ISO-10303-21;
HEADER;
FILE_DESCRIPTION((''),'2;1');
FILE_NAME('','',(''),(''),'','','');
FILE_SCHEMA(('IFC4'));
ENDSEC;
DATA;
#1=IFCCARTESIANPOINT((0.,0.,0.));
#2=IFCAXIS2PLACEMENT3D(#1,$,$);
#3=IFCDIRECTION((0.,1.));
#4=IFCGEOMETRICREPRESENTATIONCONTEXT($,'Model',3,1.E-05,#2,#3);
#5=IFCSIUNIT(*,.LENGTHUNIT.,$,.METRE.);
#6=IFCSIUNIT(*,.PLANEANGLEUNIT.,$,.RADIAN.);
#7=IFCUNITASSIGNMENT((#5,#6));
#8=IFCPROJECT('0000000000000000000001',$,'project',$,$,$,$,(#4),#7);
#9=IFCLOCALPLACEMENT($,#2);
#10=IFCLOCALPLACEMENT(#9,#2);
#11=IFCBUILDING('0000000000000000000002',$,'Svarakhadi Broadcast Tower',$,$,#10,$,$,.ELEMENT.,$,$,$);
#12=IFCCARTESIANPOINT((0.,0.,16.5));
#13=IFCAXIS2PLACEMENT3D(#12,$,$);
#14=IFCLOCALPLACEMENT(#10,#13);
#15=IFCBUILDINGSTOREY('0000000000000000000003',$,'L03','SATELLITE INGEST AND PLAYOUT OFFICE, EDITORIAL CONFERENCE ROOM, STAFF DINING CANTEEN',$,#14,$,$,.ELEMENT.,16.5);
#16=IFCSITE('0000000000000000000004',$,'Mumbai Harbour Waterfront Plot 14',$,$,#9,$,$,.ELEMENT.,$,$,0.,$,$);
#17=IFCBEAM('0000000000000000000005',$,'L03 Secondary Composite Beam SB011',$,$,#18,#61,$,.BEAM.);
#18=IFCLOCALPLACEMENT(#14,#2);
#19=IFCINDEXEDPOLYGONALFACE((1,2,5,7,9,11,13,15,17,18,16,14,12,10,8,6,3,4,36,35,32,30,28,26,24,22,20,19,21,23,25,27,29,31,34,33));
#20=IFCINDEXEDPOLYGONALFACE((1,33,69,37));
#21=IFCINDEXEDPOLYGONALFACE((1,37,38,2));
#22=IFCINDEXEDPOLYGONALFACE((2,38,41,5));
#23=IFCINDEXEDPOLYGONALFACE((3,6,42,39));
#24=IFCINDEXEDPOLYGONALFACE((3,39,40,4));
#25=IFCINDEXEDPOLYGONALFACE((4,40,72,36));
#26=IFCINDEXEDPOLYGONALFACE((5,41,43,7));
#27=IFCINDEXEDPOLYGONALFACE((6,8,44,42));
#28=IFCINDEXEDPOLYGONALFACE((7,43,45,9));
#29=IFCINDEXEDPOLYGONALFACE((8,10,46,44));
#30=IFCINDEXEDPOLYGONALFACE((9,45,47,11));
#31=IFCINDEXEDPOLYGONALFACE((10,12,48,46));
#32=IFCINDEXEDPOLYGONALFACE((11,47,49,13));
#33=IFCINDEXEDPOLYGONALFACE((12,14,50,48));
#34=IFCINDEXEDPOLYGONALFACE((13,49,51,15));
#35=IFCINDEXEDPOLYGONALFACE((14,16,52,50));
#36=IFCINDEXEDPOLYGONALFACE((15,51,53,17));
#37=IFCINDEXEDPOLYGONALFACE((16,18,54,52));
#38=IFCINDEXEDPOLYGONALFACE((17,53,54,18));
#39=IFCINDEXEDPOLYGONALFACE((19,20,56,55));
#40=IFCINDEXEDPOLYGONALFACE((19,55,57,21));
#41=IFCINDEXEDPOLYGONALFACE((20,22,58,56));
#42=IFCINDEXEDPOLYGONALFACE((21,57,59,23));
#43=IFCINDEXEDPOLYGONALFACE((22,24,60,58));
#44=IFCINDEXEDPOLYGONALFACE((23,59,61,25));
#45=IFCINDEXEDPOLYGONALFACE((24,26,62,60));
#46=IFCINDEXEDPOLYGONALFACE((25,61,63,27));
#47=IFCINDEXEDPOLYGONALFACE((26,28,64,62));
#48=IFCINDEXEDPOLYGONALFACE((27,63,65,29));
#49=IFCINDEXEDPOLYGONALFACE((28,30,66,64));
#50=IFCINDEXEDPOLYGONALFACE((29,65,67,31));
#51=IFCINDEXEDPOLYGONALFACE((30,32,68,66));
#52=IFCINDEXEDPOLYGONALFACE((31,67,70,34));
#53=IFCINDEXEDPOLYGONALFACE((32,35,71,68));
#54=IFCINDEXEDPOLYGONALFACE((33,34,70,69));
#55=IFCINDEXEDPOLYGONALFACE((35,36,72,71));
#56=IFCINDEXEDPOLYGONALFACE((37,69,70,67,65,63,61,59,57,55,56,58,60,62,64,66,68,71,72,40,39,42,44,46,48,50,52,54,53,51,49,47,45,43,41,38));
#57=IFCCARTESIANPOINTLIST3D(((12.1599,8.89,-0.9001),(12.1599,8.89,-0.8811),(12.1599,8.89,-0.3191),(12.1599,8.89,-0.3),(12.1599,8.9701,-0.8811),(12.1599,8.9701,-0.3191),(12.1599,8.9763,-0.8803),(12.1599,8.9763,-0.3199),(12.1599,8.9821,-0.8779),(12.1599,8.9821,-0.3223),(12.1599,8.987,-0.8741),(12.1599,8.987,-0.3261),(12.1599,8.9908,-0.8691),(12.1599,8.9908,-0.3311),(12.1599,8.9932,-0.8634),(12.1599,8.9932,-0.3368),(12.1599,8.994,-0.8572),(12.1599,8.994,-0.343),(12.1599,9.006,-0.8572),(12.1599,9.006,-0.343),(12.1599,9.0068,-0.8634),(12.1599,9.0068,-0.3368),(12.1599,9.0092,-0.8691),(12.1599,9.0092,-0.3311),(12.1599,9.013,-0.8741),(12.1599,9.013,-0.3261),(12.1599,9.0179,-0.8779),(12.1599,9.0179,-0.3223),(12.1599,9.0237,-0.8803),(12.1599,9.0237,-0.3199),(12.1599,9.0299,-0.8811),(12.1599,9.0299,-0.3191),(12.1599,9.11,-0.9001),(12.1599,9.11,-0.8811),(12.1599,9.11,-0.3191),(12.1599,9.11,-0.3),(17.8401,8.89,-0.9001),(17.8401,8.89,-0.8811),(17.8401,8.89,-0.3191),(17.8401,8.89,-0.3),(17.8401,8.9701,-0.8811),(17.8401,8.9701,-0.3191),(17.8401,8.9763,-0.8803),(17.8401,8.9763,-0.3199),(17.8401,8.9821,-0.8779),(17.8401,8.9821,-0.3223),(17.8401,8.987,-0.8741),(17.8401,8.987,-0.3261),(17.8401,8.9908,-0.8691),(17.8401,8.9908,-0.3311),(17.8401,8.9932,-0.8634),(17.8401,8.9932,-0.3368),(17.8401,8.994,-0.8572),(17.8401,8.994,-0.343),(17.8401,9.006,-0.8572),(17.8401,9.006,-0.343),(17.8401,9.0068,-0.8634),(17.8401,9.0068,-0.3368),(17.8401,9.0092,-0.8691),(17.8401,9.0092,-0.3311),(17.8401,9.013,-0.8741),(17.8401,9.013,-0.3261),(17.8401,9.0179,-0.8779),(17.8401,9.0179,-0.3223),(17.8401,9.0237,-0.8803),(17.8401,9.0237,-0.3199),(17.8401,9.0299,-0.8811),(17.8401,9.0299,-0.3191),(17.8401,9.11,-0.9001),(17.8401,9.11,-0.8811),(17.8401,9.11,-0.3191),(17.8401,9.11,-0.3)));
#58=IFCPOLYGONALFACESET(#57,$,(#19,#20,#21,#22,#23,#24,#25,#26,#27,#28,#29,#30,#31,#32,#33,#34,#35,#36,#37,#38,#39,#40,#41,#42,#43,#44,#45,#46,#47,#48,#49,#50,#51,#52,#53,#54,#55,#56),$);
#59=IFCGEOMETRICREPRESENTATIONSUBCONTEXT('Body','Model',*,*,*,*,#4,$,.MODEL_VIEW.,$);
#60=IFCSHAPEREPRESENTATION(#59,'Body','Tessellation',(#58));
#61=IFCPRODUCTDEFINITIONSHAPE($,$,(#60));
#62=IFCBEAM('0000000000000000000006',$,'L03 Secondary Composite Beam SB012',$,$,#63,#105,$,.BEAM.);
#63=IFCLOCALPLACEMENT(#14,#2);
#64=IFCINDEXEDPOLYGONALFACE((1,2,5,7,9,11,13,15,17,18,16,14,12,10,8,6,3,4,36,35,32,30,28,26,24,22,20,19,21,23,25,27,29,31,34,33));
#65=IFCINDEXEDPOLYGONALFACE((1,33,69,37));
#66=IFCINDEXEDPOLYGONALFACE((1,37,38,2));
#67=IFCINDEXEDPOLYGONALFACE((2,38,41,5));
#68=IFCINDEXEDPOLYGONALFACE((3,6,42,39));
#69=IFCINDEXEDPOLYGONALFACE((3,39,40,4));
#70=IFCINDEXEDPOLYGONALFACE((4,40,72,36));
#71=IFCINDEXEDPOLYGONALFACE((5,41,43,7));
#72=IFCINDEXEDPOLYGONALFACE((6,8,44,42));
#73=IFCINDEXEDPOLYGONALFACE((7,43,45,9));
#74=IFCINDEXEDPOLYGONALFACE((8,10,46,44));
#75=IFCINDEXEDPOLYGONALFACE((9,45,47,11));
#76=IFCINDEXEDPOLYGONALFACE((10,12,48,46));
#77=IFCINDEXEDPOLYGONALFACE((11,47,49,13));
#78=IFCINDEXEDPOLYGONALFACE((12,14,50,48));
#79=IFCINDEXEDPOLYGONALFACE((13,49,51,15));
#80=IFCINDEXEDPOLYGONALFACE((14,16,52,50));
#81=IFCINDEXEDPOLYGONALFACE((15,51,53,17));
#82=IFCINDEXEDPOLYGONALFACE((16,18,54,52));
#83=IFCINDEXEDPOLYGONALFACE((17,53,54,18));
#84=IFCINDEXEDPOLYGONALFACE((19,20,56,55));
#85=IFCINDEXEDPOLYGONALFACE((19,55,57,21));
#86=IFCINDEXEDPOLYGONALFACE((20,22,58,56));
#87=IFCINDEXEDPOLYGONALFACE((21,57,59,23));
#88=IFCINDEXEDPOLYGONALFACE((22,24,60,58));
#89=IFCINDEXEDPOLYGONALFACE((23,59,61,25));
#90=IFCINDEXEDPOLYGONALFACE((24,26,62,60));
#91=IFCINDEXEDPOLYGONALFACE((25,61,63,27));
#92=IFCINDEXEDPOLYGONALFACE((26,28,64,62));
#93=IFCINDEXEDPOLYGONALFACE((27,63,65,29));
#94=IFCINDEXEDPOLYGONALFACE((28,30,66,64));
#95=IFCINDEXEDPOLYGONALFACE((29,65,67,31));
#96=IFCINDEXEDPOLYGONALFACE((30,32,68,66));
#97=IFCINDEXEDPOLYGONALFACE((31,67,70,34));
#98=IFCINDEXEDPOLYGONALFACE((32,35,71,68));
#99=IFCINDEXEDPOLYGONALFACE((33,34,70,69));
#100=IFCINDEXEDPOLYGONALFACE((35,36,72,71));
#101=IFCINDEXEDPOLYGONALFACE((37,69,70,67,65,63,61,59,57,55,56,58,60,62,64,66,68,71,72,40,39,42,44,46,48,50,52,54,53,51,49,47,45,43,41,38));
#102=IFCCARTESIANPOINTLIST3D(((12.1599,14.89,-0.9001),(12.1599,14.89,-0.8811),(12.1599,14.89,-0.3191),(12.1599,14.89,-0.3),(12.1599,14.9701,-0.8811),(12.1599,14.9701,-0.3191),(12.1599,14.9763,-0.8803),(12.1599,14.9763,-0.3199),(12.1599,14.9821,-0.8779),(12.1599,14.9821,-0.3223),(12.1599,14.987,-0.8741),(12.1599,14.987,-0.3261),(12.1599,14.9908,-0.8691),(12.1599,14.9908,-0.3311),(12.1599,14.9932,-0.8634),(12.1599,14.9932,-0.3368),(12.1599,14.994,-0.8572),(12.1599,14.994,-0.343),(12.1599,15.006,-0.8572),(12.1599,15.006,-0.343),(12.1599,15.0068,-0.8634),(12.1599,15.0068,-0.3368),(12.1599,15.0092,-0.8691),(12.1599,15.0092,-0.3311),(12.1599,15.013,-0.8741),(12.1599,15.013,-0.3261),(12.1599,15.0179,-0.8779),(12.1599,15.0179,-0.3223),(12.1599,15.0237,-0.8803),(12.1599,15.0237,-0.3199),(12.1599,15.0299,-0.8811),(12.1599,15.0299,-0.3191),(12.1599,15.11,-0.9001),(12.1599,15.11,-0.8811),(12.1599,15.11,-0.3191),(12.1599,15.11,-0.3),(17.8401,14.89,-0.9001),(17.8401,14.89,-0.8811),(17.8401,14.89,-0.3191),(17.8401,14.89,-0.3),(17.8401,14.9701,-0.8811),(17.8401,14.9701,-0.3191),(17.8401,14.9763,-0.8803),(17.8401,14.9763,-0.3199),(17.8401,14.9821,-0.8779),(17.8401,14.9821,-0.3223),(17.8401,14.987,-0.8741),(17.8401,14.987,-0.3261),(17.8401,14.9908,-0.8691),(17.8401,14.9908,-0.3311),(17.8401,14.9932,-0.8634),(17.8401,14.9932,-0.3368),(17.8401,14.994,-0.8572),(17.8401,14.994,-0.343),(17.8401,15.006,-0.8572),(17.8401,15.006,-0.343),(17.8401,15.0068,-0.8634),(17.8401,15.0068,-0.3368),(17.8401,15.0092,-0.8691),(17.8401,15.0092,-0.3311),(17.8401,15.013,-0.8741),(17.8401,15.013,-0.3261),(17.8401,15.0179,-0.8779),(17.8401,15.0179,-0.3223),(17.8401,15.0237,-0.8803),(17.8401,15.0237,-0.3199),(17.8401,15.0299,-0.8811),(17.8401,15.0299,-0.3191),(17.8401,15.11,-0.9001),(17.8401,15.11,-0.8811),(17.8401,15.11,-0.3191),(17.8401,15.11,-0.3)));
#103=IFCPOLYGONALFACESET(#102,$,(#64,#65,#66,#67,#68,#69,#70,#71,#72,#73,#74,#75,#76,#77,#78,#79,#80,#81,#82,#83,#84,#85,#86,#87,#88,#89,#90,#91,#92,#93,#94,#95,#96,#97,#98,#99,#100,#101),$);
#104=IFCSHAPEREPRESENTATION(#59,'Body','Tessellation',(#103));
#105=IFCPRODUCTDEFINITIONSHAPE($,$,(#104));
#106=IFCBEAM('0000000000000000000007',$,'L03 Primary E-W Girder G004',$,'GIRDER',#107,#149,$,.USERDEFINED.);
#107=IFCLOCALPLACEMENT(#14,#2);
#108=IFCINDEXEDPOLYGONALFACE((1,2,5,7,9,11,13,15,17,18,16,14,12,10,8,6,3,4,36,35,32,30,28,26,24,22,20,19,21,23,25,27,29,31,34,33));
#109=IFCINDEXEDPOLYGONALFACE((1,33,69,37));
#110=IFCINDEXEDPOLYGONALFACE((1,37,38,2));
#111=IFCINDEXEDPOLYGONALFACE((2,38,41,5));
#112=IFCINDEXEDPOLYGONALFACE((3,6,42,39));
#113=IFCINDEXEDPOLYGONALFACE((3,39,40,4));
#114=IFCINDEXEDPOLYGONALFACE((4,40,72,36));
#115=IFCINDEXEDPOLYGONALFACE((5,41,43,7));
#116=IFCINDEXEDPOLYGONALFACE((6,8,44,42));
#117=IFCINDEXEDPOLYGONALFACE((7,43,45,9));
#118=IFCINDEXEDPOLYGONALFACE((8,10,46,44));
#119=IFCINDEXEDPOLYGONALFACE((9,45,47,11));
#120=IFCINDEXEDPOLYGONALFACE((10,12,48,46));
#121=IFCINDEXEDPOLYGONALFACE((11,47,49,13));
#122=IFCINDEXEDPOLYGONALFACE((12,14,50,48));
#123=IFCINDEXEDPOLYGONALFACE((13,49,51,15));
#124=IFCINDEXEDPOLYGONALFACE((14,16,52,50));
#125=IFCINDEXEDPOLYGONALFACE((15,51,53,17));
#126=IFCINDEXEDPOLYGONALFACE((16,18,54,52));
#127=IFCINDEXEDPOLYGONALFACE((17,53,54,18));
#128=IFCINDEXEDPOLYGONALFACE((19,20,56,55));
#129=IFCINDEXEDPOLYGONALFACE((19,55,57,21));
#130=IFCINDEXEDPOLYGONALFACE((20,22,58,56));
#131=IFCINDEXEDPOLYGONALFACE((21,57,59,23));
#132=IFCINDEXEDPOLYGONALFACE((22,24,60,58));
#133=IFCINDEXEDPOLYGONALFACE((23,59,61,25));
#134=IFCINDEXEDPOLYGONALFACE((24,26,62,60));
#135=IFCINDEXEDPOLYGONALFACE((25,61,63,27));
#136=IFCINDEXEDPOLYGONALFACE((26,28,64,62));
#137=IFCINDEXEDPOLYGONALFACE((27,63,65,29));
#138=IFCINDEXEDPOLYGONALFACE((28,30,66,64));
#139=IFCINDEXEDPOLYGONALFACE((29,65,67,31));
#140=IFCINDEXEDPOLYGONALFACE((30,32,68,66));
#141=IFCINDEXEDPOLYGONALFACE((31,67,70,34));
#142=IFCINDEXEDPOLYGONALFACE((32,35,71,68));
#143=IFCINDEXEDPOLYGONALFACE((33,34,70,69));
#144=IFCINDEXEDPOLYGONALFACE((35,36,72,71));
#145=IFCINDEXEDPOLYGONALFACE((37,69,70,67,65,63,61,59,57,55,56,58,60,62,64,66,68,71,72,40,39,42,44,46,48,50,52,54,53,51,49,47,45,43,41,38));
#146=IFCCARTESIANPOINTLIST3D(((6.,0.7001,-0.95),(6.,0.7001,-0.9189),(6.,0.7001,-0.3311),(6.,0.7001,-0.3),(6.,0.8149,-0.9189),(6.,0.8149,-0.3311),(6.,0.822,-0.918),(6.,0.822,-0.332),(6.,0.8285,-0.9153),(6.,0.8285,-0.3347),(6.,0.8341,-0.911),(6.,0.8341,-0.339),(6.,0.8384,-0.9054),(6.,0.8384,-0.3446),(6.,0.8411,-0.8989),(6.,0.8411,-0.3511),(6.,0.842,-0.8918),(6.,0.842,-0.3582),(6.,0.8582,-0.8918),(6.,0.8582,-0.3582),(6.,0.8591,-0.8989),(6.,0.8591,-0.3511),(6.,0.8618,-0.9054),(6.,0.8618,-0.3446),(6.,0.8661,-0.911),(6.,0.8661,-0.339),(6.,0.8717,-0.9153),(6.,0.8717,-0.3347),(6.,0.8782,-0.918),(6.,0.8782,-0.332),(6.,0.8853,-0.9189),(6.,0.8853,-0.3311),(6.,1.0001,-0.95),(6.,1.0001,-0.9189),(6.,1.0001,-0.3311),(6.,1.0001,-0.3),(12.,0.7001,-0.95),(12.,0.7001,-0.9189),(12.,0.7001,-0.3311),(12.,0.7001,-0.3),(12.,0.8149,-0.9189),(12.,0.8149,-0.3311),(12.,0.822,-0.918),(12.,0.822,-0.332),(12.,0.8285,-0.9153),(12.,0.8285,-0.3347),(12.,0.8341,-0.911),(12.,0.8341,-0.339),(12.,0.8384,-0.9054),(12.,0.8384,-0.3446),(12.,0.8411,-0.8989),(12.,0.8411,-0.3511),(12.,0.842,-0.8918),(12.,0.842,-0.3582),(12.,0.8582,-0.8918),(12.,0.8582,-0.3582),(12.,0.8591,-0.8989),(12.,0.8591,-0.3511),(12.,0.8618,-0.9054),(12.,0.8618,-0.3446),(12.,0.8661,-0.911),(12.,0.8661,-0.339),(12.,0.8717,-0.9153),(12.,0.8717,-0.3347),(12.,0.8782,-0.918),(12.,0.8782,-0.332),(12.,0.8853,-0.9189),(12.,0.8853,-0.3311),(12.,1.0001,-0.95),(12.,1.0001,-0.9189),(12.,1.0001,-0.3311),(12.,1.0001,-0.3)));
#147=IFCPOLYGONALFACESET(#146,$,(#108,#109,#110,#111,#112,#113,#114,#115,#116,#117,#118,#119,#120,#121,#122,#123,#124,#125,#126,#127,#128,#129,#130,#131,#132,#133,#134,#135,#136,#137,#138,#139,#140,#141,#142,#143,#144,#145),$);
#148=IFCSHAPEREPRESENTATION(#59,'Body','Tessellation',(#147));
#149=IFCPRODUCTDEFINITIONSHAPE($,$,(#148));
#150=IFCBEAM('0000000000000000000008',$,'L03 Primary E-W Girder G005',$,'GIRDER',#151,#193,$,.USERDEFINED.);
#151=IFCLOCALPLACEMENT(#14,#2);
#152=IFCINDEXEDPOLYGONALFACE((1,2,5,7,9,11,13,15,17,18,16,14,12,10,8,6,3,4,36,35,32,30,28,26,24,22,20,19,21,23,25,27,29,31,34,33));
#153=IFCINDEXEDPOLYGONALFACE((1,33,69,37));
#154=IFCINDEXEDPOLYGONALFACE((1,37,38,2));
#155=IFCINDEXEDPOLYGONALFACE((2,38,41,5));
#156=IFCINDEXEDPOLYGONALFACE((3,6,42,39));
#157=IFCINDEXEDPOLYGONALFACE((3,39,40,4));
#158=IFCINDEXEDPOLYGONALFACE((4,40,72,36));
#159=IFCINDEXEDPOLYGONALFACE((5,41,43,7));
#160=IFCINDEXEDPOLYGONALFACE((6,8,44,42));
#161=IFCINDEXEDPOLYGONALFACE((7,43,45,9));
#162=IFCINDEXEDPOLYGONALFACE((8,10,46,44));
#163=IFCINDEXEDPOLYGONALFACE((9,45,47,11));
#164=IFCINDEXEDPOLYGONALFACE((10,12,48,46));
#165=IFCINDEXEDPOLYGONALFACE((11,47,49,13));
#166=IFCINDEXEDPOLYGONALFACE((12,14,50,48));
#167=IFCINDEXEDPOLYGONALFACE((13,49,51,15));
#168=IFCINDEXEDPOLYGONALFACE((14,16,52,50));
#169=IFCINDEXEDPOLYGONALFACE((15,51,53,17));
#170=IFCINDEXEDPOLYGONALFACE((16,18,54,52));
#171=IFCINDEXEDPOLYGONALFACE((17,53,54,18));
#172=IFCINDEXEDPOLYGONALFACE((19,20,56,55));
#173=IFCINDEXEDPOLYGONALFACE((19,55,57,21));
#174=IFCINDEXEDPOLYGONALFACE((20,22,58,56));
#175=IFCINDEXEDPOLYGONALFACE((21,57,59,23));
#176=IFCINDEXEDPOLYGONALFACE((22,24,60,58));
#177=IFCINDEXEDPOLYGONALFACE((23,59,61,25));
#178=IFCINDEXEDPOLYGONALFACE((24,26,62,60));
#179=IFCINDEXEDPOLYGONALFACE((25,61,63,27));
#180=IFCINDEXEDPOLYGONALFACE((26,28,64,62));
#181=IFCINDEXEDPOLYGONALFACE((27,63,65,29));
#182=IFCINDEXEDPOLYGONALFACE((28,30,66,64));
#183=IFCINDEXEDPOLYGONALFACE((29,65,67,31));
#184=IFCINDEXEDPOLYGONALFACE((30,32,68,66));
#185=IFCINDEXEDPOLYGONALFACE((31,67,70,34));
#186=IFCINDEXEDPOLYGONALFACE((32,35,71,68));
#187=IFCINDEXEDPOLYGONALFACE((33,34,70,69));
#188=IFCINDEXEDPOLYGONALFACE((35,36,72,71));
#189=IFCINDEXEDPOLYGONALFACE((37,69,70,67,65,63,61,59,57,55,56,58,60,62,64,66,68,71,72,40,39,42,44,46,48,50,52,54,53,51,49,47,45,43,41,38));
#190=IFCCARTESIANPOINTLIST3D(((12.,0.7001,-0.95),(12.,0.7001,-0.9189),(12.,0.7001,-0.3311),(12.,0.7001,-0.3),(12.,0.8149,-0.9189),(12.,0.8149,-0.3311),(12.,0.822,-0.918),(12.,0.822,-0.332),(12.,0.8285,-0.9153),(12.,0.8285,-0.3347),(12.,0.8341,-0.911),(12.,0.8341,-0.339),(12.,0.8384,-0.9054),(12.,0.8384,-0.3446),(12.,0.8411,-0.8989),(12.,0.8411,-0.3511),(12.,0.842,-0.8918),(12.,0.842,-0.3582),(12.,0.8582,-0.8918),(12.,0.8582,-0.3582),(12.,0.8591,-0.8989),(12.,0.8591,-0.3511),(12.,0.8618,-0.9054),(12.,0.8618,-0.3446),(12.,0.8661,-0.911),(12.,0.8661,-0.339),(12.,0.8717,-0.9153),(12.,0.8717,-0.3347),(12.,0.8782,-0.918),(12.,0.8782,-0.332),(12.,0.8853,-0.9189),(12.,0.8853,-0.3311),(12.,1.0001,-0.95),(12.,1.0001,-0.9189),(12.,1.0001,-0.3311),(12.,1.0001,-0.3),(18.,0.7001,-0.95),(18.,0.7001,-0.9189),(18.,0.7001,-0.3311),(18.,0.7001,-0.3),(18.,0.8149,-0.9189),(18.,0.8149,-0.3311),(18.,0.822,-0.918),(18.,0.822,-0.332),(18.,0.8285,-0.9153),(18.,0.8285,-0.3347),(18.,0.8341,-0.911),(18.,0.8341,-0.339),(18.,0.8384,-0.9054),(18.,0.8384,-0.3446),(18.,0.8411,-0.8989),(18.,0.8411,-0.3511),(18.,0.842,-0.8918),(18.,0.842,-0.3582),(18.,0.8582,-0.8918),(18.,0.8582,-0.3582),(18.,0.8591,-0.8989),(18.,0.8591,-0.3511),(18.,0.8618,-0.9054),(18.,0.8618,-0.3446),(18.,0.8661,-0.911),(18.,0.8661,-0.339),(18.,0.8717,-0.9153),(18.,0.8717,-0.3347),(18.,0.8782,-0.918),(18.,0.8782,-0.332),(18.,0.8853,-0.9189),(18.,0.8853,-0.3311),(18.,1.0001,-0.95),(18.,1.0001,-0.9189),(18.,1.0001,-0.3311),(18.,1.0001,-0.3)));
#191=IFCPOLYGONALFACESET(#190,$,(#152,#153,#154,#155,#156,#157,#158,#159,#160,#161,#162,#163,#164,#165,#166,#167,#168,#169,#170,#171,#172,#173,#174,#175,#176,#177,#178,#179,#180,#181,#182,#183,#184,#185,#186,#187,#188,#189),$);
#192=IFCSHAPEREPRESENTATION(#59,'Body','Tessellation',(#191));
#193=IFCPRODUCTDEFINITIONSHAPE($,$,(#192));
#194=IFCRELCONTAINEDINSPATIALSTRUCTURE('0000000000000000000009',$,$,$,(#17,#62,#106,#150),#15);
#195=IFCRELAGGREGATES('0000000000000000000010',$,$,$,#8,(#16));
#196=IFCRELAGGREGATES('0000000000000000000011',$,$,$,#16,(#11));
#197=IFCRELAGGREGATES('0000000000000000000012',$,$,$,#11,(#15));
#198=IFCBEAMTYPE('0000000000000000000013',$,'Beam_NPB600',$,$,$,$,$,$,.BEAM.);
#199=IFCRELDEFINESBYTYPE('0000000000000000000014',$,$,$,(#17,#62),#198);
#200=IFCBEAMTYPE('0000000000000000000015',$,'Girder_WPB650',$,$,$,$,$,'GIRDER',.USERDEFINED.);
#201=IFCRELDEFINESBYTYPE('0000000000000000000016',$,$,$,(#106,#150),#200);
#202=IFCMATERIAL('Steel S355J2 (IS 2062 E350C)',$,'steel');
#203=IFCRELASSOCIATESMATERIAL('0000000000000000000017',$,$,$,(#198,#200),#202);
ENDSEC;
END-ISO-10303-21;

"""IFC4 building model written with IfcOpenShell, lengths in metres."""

from ifc_helpers import new_model, si_unit, direction, frame, origin, origin_2d, place, context, subcontext, project, spatial, i_section, extrude, material, material_profile, profile_set, type_object, element, save


model = new_model("IFC4")

# Units and contexts
model_context = context("Model", 3, precision=1e-05, world=origin(), true_north=direction((0.0, 1.0)))
body_context = subcontext(model_context, "Body", "Model", "MODEL_VIEW")
ifc_project = project(units=[si_unit("LENGTHUNIT", "METRE"), si_unit("PLANEANGLEUNIT", "RADIAN")], contexts=[model_context])

# Site, building, storey
site_placement = place(None, origin())
site = spatial("IfcSite", under=ifc_project, at=site_placement, Name="Mumbai Harbour Waterfront Plot 14", CompositionType="ELEMENT", RefElevation=0.0)
building_placement = place(site_placement, origin())
building = spatial("IfcBuilding", under=site, at=building_placement, Name="Svarakhadi Broadcast Tower", CompositionType="ELEMENT")
storey_placement = place(building_placement, frame((0.0, 0.0, 16.5)))
storey = spatial("IfcBuildingStorey", under=building, at=storey_placement, Name="L03", Description="SATELLITE INGEST AND PLAYOUT OFFICE, EDITORIAL CONFERENCE ROOM, STAFF DINING CANTEEN", CompositionType="ELEMENT", Elevation=16.5)

# Beams
ifc_material_1 = material(Name="Steel S355J2 (IS 2062 E350C)", Category="steel")
ifc_material_profile_1 = material_profile(ifc_material_1, i_section(OverallWidth=0.22, OverallDepth=0.6001, WebThickness=0.012, FlangeThickness=0.019, FilletRadius=0.0239, at=origin_2d()), Name="NPB 600x220x122")
ifc_profile_set_1 = profile_set([ifc_material_profile_1], Name="Steel S355J2 (IS 2062 E350C)")
beam_type_1 = type_object("IfcBeamType", Name="Beam_NPB600", PredefinedType="BEAM", material=ifc_profile_set_1)
for number, where, z_axis, x_axis, name in (
    (1, (12.1599, 9.0, -0.6001), (1.0, 0.0, 0.0), (0.0, 1.0, 0.0), "L03 Secondary Composite Beam SB011"),
    (2, (12.1599, 15.0, -0.6001), (1.0, 0.0, 0.0), (0.0, 1.0, 0.0), "L03 Secondary Composite Beam SB012"),
):
    element("IfcBeam", number, at=place(storey_placement, frame(where, z_axis=z_axis, x_axis=x_axis)), inside=storey, type_object=beam_type_1, Name=name, PredefinedType="BEAM", context=body_context, shape_type="SweptSolid", body=[
        extrude(i_section(OverallWidth=0.22, OverallDepth=0.6001, WebThickness=0.012, FlangeThickness=0.019, FilletRadius=0.0239, at=origin_2d()), origin(), (0.0, 0.0, 1.0), 5.6802),
    ])
ifc_material_profile_2 = material_profile(ifc_material_1, i_section(OverallWidth=0.3, OverallDepth=0.6499, WebThickness=0.0161, FlangeThickness=0.031, FilletRadius=0.0271, at=origin_2d()), Name="WPB 650x300x225")
ifc_profile_set_2 = profile_set([ifc_material_profile_2], Name="Steel S355J2 (IS 2062 E350C)")
beam_type_2 = type_object("IfcBeamType", Name="Girder_WPB650", ElementType="GIRDER", PredefinedType="USERDEFINED", material=ifc_profile_set_2)
for number, where, z_axis, x_axis, name in (
    (3, (6.0, 0.8501, -0.625), (1.0, 0.0, 0.0), (0.0, 1.0, 0.0), "L03 Primary E-W Girder G004"),
    (4, (12.0, 0.8501, -0.625), (1.0, 0.0, 0.0), (0.0, 1.0, 0.0), "L03 Primary E-W Girder G005"),
):
    element("IfcBeam", number, at=place(storey_placement, frame(where, z_axis=z_axis, x_axis=x_axis)), inside=storey, type_object=beam_type_2, Name=name, ObjectType="GIRDER", PredefinedType="USERDEFINED", context=body_context, shape_type="SweptSolid", body=[
        extrude(i_section(OverallWidth=0.3, OverallDepth=0.6499, WebThickness=0.0161, FlangeThickness=0.031, FilletRadius=0.0271, at=origin_2d()), origin(), (0.0, 0.0, 1.0), 6.0),
    ])

save(model, "model.ifc")
